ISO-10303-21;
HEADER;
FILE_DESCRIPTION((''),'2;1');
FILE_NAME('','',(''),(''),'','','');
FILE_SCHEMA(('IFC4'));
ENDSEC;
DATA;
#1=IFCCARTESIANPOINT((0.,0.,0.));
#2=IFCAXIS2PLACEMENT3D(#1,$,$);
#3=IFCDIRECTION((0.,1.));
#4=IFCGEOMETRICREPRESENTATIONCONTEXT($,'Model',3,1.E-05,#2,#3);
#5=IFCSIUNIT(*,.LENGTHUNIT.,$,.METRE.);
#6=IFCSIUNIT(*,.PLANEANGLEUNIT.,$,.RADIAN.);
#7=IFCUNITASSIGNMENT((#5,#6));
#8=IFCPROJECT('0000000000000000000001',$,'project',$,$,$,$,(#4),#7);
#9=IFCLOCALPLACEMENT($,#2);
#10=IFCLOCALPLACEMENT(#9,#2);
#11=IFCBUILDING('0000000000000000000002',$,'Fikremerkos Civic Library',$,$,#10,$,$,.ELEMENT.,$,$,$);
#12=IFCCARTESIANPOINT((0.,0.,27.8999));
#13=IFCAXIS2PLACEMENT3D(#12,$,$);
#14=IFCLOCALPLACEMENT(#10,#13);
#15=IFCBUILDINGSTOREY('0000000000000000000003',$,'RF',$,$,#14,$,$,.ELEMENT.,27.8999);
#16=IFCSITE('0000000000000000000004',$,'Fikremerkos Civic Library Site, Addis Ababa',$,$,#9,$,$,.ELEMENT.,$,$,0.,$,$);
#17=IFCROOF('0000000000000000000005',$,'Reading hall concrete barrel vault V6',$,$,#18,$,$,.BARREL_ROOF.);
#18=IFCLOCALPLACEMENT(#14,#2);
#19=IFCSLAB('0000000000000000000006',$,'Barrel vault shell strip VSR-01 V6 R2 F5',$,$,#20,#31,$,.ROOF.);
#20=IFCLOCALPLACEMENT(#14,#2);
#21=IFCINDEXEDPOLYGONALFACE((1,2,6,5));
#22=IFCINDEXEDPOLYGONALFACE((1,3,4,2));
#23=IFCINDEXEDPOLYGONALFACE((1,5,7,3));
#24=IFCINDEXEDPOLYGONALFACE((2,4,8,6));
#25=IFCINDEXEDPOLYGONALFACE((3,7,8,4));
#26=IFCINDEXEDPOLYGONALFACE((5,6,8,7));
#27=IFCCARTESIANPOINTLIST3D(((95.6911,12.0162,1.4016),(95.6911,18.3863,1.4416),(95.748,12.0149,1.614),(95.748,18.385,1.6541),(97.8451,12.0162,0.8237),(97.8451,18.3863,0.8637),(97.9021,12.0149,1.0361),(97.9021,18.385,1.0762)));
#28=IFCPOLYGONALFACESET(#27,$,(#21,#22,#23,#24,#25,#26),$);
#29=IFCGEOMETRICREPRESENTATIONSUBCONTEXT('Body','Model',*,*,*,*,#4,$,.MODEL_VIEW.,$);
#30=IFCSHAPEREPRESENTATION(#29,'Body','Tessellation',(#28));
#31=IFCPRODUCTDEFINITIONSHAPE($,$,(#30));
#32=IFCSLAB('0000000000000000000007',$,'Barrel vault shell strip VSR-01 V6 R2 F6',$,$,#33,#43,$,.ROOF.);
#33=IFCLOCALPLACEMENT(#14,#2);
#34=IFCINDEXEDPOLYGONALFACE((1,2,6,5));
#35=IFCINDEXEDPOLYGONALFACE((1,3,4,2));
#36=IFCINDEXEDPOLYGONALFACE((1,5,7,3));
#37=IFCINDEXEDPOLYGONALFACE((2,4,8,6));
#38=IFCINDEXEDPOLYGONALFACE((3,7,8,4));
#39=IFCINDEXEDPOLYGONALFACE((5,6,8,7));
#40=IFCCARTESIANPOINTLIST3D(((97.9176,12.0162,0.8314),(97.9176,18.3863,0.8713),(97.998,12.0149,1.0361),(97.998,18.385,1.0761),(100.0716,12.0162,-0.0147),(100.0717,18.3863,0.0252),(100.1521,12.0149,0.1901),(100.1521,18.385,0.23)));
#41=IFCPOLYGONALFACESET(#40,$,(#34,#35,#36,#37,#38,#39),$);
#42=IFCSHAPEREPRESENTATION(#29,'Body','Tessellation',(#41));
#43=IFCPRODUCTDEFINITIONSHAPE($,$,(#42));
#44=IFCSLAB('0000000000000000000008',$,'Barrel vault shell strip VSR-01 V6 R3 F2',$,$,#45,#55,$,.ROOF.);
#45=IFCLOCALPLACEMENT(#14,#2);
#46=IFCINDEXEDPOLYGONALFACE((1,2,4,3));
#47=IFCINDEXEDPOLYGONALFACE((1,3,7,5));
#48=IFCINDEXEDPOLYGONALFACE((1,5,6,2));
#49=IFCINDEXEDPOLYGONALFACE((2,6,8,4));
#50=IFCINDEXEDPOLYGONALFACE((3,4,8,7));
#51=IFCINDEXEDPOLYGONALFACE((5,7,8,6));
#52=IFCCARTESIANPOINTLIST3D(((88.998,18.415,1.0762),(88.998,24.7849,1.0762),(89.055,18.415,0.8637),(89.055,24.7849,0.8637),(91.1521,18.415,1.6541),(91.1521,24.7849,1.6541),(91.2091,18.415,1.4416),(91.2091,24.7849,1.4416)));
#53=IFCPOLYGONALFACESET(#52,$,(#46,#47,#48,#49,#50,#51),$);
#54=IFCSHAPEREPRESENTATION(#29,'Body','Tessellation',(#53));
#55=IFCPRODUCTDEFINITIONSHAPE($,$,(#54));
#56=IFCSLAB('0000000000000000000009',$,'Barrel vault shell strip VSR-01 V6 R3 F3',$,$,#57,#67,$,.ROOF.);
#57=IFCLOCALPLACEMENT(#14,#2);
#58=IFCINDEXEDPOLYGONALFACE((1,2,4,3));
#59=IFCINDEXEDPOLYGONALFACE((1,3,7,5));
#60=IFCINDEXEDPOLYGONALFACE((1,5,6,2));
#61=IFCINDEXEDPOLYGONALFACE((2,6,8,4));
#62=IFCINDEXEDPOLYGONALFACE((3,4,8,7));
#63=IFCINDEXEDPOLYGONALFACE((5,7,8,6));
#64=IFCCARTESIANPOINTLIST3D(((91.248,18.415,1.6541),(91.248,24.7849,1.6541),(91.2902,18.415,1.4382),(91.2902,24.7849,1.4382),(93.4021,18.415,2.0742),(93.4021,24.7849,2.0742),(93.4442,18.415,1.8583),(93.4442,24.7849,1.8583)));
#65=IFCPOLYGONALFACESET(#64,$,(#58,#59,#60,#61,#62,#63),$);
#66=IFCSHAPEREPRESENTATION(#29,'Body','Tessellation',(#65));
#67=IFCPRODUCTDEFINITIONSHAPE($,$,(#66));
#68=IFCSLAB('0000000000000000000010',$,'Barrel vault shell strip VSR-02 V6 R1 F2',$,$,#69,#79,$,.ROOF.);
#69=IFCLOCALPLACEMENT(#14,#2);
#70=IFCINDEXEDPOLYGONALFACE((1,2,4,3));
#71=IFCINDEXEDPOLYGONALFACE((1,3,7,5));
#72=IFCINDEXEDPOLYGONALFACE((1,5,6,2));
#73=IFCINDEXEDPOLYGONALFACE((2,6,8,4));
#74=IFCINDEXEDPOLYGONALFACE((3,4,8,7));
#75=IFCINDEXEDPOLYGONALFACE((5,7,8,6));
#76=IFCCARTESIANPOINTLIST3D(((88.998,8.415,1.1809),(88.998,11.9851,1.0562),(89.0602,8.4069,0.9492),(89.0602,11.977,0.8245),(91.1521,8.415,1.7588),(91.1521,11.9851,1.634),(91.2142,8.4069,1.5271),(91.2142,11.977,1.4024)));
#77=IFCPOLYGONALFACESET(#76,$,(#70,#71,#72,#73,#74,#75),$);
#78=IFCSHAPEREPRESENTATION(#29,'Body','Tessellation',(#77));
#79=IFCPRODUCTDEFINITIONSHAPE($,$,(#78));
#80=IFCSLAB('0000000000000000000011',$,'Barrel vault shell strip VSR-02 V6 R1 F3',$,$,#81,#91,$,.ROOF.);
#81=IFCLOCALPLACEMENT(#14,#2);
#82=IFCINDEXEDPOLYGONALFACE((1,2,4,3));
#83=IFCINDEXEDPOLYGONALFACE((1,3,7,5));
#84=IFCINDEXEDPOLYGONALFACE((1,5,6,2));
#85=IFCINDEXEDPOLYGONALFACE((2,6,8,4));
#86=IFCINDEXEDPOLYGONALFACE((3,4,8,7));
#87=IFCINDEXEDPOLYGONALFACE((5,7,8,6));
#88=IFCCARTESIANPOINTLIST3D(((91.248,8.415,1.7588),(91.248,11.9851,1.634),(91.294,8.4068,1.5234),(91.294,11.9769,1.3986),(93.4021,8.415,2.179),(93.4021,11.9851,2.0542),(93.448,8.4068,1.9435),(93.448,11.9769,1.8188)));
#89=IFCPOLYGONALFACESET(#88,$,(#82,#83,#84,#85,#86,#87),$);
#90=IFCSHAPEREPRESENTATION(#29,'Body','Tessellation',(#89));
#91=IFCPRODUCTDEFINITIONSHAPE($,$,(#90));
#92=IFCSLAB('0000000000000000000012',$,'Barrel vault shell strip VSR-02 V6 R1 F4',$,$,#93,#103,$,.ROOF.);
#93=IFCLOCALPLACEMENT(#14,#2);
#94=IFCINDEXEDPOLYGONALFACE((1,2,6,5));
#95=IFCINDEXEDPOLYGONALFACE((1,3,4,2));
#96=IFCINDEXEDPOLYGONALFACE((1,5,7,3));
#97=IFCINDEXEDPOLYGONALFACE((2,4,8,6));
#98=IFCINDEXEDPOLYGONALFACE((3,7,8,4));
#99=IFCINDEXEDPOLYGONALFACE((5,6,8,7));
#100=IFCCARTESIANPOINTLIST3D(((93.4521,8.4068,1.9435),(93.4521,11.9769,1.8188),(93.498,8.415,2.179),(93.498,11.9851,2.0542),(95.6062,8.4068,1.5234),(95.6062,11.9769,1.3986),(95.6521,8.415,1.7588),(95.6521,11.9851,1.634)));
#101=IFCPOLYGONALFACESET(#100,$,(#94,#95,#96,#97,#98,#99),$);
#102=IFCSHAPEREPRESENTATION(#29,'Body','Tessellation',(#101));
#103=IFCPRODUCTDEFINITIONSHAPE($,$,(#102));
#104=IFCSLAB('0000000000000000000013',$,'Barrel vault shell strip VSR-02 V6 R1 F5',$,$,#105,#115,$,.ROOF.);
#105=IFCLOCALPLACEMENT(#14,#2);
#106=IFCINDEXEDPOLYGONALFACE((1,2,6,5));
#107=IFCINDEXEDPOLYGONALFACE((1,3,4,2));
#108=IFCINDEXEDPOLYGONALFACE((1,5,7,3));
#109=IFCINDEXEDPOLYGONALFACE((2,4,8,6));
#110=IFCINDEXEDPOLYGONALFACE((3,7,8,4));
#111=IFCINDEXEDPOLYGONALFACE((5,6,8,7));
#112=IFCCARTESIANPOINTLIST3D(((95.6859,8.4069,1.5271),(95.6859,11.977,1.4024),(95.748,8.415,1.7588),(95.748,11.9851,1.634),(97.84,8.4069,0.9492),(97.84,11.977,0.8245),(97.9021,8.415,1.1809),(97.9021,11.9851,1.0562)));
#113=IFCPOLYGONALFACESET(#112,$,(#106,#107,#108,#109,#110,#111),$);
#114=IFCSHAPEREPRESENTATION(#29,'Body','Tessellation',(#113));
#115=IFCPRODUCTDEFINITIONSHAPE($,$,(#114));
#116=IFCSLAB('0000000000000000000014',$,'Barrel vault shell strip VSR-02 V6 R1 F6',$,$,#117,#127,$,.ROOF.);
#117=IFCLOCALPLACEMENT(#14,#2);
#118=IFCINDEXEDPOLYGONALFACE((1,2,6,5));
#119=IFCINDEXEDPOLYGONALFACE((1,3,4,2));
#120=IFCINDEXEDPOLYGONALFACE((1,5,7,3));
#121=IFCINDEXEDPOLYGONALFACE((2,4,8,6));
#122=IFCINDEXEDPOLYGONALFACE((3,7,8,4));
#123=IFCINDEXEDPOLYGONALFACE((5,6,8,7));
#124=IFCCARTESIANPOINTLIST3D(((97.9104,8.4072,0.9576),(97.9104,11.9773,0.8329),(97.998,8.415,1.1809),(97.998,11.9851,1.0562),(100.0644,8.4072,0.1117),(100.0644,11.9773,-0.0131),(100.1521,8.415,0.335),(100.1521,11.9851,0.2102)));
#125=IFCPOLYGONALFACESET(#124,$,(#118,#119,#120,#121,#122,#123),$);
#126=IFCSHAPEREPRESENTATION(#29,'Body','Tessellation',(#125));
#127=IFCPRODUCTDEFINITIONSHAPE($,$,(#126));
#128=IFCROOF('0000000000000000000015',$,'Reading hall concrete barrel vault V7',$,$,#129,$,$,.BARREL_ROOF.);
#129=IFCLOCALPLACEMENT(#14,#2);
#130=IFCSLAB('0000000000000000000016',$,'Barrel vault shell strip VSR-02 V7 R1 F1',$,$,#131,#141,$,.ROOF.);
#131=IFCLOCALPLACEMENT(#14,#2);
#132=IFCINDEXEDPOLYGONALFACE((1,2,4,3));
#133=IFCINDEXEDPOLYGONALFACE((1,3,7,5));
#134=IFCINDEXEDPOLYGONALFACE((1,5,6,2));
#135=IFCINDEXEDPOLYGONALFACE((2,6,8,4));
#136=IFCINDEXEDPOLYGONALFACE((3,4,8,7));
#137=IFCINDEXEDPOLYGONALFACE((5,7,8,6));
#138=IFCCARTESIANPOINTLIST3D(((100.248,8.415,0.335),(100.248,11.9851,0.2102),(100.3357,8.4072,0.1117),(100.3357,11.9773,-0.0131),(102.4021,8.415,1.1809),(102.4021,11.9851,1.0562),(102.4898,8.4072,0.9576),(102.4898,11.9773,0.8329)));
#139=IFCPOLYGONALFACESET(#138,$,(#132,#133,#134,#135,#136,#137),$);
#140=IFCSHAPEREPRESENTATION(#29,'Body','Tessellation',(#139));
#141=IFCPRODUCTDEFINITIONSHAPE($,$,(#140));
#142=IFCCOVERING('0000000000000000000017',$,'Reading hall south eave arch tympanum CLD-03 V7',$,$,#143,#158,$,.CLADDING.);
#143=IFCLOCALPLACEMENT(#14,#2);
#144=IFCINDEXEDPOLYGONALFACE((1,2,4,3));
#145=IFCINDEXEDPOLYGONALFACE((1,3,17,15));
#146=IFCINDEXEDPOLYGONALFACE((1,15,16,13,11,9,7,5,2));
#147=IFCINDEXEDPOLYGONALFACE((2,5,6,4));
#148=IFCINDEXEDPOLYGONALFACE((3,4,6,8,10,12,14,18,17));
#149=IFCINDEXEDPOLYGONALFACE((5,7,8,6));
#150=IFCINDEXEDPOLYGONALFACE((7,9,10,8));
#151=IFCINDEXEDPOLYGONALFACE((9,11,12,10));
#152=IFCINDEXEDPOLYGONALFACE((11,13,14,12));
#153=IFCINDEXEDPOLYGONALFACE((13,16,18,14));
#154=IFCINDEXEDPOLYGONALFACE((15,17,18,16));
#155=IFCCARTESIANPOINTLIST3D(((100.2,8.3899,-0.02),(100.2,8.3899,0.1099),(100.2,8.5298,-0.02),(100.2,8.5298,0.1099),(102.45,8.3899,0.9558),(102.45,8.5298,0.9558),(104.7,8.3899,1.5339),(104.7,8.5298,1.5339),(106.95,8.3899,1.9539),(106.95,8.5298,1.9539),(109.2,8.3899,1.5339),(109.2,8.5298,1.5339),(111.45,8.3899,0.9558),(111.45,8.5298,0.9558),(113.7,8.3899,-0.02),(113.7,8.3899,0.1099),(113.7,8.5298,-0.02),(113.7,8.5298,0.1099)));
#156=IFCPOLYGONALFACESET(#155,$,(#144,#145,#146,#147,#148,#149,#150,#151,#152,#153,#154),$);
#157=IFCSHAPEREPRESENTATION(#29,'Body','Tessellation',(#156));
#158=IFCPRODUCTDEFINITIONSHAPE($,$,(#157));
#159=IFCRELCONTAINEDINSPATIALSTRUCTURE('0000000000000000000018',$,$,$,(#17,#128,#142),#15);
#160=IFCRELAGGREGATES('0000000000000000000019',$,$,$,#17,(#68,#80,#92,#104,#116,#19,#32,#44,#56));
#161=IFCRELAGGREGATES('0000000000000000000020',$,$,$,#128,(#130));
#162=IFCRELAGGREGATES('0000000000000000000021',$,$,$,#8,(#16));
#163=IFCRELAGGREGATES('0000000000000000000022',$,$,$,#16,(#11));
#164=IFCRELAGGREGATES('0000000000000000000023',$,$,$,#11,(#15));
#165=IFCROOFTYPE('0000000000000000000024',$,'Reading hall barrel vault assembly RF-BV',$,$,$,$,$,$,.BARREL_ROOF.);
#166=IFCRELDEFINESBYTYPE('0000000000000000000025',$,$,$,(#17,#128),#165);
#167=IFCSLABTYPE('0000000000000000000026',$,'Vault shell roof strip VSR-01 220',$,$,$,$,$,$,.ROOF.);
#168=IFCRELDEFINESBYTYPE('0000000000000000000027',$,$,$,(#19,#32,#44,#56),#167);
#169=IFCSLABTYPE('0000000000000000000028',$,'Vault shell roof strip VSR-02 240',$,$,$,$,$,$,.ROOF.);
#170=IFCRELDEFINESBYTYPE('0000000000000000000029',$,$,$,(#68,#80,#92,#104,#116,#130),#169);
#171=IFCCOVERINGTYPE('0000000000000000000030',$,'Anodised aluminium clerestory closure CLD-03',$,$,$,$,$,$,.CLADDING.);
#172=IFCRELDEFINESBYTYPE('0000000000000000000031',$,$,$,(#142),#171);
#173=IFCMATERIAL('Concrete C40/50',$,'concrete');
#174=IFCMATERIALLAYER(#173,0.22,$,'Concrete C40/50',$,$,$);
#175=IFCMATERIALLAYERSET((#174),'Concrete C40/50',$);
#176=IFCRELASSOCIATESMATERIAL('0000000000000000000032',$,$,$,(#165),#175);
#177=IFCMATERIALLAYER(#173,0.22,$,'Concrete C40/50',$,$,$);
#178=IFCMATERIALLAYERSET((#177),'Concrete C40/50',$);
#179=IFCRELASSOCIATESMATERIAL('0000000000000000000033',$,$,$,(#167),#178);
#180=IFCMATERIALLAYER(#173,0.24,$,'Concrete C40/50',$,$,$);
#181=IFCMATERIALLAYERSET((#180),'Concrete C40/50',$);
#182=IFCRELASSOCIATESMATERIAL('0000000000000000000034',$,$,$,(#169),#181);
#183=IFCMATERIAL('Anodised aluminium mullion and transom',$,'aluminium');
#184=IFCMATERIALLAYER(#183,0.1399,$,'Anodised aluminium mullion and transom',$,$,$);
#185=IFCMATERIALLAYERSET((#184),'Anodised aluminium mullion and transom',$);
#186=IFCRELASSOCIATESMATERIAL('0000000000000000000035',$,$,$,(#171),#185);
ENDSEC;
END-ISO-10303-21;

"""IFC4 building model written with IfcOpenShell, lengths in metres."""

from ifc_helpers import new_model, si_unit, direction, frame, origin, place, context, subcontext, project, spatial, polyline, outline, extrude, material, layer, layer_set, type_object, element, aggregate, save


model = new_model("IFC4")

# Units and contexts
model_context = context("Model", 3, precision=1e-05, world=origin(), true_north=direction((0.0, 1.0)))
body_context = subcontext(model_context, "Body", "Model", "MODEL_VIEW")
ifc_project = project(units=[si_unit("LENGTHUNIT", "METRE"), si_unit("PLANEANGLEUNIT", "RADIAN")], contexts=[model_context])

# Site, building, storey
site_placement = place(None, origin())
site = spatial("IfcSite", under=ifc_project, at=site_placement, Name="Fikremerkos Civic Library Site, Addis Ababa", CompositionType="ELEMENT", RefElevation=0.0)
building_placement = place(site_placement, origin())
building = spatial("IfcBuilding", under=site, at=building_placement, Name="Fikremerkos Civic Library", CompositionType="ELEMENT")
storey_placement = place(building_placement, frame((0.0, 0.0, 27.8999)))
storey = spatial("IfcBuildingStorey", under=building, at=storey_placement, Name="RF", CompositionType="ELEMENT", Elevation=27.8999)

# Roof, slabs
ifc_material_1 = material(Name="Concrete C40/50", Category="concrete")
ifc_layer_1 = layer(ifc_material_1, 0.22, Name="Concrete C40/50")
ifc_layer_set_1 = layer_set([ifc_layer_1], Name="Concrete C40/50")
roof_type = type_object("IfcRoofType", Name="Reading hall barrel vault assembly RF-BV", PredefinedType="BARREL_ROOF", material=ifc_layer_set_1)
roof_1_placement = place(storey_placement, origin())
roof_1 = element("IfcRoof", 1, at=roof_1_placement, inside=storey, type_object=roof_type, Name="Reading hall concrete barrel vault V6", PredefinedType="BARREL_ROOF")
ifc_layer_2 = layer(ifc_material_1, 0.22, Name="Concrete C40/50")
ifc_layer_set_2 = layer_set([ifc_layer_2], Name="Concrete C40/50")
slab_type_1 = type_object("IfcSlabType", Name="Vault shell roof strip VSR-01 220", PredefinedType="ROOF", material=ifc_layer_set_2)
slab_1_placement = place(storey_placement, frame((95.748, 12.0149, 1.614), z_axis=(0.259109, -0.006071, 0.965829), x_axis=(0.965847, 0.0, -0.259114)))
slab_1 = element("IfcSlab", 2, at=slab_1_placement, type_object=slab_type_1, Name="Barrel vault shell strip VSR-01 V6 R2 F5", PredefinedType="ROOF", context=body_context, shape_type="SweptSolid", body=[
    extrude(outline(polyline([(0.0, 0.0), (2.2302, 0.0), (2.2198, 6.3702), (-0.0104, 6.3702), (0.0, 0.0)])), origin(), (0.0, 0.0, -1.0), 0.22),
])
slab_2_placement = place(storey_placement, frame((97.998, 12.0149, 1.0361), z_axis=(0.365584, -0.005832, 0.93076), x_axis=(0.930776, 0.0, -0.36559)))
slab_2 = element("IfcSlab", 3, at=slab_2_placement, type_object=slab_type_1, Name="Barrel vault shell strip VSR-01 V6 R2 F6", PredefinedType="ROOF", context=body_context, shape_type="SweptSolid", body=[
    extrude(outline(polyline([(0.0, 0.0), (2.3142, 0.0), (2.2997, 6.3702), (-0.0146, 6.3702), (0.0, 0.0)])), origin(), (0.0, 0.0, -1.0), 0.22),
])
slab_3_placement = place(storey_placement, frame((88.998, 18.415, 1.0762), z_axis=(-0.259114, 0.0, 0.965847), x_axis=(0.965847, 0.0, 0.259114)))
slab_3 = element("IfcSlab", 4, at=slab_3_placement, type_object=slab_type_1, Name="Barrel vault shell strip VSR-01 V6 R3 F2", PredefinedType="ROOF", context=body_context, shape_type="SweptSolid", body=[
    extrude(outline(polyline([(0.0, 0.0), (2.2302, 0.0), (2.2302, 6.3699), (0.0, 6.3699), (0.0, 0.0)])), origin(), (0.0, 0.0, -1.0), 0.22),
])
slab_4_placement = place(storey_placement, frame((91.248, 18.415, 1.6541), z_axis=(-0.19145, 0.0, 0.981502), x_axis=(0.981502, 0.0, 0.19145)))
slab_4 = element("IfcSlab", 5, at=slab_4_placement, type_object=slab_type_1, Name="Barrel vault shell strip VSR-01 V6 R3 F3", PredefinedType="ROOF", context=body_context, shape_type="SweptSolid", body=[
    extrude(outline(polyline([(0.0, 0.0), (2.1946, 0.0), (2.1946, 6.3699), (0.0, 6.3699), (0.0, 0.0)])), origin(), (0.0, 0.0, -1.0), 0.22),
])
ifc_layer_3 = layer(ifc_material_1, 0.24, Name="Concrete C40/50")
ifc_layer_set_3 = layer_set([ifc_layer_3], Name="Concrete C40/50")
slab_type_2 = type_object("IfcSlabType", Name="Vault shell roof strip VSR-02 240", PredefinedType="ROOF", material=ifc_layer_set_3)
slab_5_placement = place(storey_placement, frame((88.998, 8.415, 1.1809), z_axis=(-0.258966, 0.033732, 0.965297), x_axis=(0.965847, 0.0, 0.259114)))
slab_5 = element("IfcSlab", 6, at=slab_5_placement, type_object=slab_type_2, Name="Barrel vault shell strip VSR-02 V6 R1 F2", PredefinedType="ROOF", context=body_context, shape_type="SweptSolid", body=[
    extrude(outline(polyline([(0.0, 0.0), (2.2302, 0.0), (2.1979, 3.5721), (-0.0323, 3.5721), (0.0, 0.0)])), origin(), (0.0, 0.0, -1.0), 0.24),
])
slab_6_placement = place(storey_placement, frame((91.248, 8.415, 1.7588), z_axis=(-0.191338, 0.034278, 0.980926), x_axis=(0.981502, 0.0, 0.19145)))
slab_6 = element("IfcSlab", 7, at=slab_6_placement, type_object=slab_type_2, Name="Barrel vault shell strip VSR-02 V6 R1 F3", PredefinedType="ROOF", context=body_context, shape_type="SweptSolid", body=[
    extrude(outline(polyline([(0.0, 0.0), (2.1946, 0.0), (2.1708, 3.5722), (-0.0239, 3.5722), (0.0, 0.0)])), origin(), (0.0, 0.0, -1.0), 0.24),
])
slab_7_placement = place(storey_placement, frame((93.498, 8.415, 2.179), z_axis=(0.191338, 0.034278, 0.980926), x_axis=(0.981502, 0.0, -0.19145)))
slab_7 = element("IfcSlab", 8, at=slab_7_placement, type_object=slab_type_2, Name="Barrel vault shell strip VSR-02 V6 R1 F4", PredefinedType="ROOF", context=body_context, shape_type="SweptSolid", body=[
    extrude(outline(polyline([(0.0, 0.0), (2.1946, 0.0), (2.2185, 3.5722), (0.0239, 3.5722), (0.0, 0.0)])), origin(), (0.0, 0.0, -1.0), 0.24),
])
slab_8_placement = place(storey_placement, frame((95.748, 8.415, 1.7588), z_axis=(0.258966, 0.033732, 0.965297), x_axis=(0.965847, 0.0, -0.259114)))
slab_8 = element("IfcSlab", 9, at=slab_8_placement, type_object=slab_type_2, Name="Barrel vault shell strip VSR-02 V6 R1 F5", PredefinedType="ROOF", context=body_context, shape_type="SweptSolid", body=[
    extrude(outline(polyline([(0.0, 0.0), (2.2302, 0.0), (2.2625, 3.5721), (0.0323, 3.5721), (0.0, 0.0)])), origin(), (0.0, 0.0, -1.0), 0.24),
])
slab_9_placement = place(storey_placement, frame((97.998, 8.415, 1.1809), z_axis=(0.365351, 0.032509, 0.930302), x_axis=(0.930794, 0.0, -0.365545)))
slab_9 = element("IfcSlab", 10, at=slab_9_placement, type_object=slab_type_2, Name="Barrel vault shell strip VSR-02 V6 R1 F6", PredefinedType="ROOF", context=body_context, shape_type="SweptSolid", body=[
    extrude(outline(polyline([(0.0, 0.0), (2.3142, 0.0), (2.3598, 3.572), (0.0456, 3.572), (0.0, 0.0)])), origin(), (0.0, 0.0, -1.0), 0.24),
])
aggregate(roof_1, [slab_5, slab_6, slab_7, slab_8, slab_9, slab_1, slab_2, slab_3, slab_4])

# Roof, slab
roof_2_placement = place(storey_placement, origin())
roof_2 = element("IfcRoof", 11, at=roof_2_placement, inside=storey, type_object=roof_type, Name="Reading hall concrete barrel vault V7", PredefinedType="BARREL_ROOF")
slab_10_placement = place(storey_placement, frame((100.248, 8.415, 0.335), z_axis=(-0.365351, 0.032509, 0.930302), x_axis=(0.930794, 0.0, 0.365545)))
slab_10 = element("IfcSlab", 12, at=slab_10_placement, type_object=slab_type_2, Name="Barrel vault shell strip VSR-02 V7 R1 F1", PredefinedType="ROOF", context=body_context, shape_type="SweptSolid", body=[
    extrude(outline(polyline([(0.0, 0.0), (2.3142, 0.0), (2.2686, 3.572), (-0.0456, 3.572), (0.0, 0.0)])), origin(), (0.0, 0.0, -1.0), 0.24),
])
aggregate(roof_2, [slab_10])

# Covering
ifc_material_2 = material(Name="Anodised aluminium mullion and transom", Category="aluminium")
ifc_layer_4 = layer(ifc_material_2, 0.1399, Name="Anodised aluminium mullion and transom")
ifc_layer_set_4 = layer_set([ifc_layer_4], Name="Anodised aluminium mullion and transom")
covering_type = type_object("IfcCoveringType", Name="Anodised aluminium clerestory closure CLD-03", PredefinedType="CLADDING", material=ifc_layer_set_4)
covering_placement = place(storey_placement, frame((100.2, 8.46, -0.02), z_axis=(0.0, 0.0, 1.0), x_axis=(1.0, 0.0, 0.0)))
element("IfcCovering", 13, at=covering_placement, inside=storey, type_object=covering_type, Name="Reading hall south eave arch tympanum CLD-03 V7", PredefinedType="CLADDING", context=body_context, shape_type="SweptSolid", body=[
    extrude(outline(polyline([(0.0, 0.0), (13.5, 0.0), (13.5, 0.1299), (11.25, 0.9758), (9.0, 1.554), (6.75, 1.9739), (4.5, 1.554), (2.25, 0.9758), (0.0, 0.1299), (0.0, 0.0)])), frame((0.0, 0.0698, 0.0), z_axis=(0.0, -1.0, 0.0), x_axis=(1.0, 0.0, 0.0)), (0.0, 0.0, 1.0), 0.1399),
])

save(model, "model.ifc")
